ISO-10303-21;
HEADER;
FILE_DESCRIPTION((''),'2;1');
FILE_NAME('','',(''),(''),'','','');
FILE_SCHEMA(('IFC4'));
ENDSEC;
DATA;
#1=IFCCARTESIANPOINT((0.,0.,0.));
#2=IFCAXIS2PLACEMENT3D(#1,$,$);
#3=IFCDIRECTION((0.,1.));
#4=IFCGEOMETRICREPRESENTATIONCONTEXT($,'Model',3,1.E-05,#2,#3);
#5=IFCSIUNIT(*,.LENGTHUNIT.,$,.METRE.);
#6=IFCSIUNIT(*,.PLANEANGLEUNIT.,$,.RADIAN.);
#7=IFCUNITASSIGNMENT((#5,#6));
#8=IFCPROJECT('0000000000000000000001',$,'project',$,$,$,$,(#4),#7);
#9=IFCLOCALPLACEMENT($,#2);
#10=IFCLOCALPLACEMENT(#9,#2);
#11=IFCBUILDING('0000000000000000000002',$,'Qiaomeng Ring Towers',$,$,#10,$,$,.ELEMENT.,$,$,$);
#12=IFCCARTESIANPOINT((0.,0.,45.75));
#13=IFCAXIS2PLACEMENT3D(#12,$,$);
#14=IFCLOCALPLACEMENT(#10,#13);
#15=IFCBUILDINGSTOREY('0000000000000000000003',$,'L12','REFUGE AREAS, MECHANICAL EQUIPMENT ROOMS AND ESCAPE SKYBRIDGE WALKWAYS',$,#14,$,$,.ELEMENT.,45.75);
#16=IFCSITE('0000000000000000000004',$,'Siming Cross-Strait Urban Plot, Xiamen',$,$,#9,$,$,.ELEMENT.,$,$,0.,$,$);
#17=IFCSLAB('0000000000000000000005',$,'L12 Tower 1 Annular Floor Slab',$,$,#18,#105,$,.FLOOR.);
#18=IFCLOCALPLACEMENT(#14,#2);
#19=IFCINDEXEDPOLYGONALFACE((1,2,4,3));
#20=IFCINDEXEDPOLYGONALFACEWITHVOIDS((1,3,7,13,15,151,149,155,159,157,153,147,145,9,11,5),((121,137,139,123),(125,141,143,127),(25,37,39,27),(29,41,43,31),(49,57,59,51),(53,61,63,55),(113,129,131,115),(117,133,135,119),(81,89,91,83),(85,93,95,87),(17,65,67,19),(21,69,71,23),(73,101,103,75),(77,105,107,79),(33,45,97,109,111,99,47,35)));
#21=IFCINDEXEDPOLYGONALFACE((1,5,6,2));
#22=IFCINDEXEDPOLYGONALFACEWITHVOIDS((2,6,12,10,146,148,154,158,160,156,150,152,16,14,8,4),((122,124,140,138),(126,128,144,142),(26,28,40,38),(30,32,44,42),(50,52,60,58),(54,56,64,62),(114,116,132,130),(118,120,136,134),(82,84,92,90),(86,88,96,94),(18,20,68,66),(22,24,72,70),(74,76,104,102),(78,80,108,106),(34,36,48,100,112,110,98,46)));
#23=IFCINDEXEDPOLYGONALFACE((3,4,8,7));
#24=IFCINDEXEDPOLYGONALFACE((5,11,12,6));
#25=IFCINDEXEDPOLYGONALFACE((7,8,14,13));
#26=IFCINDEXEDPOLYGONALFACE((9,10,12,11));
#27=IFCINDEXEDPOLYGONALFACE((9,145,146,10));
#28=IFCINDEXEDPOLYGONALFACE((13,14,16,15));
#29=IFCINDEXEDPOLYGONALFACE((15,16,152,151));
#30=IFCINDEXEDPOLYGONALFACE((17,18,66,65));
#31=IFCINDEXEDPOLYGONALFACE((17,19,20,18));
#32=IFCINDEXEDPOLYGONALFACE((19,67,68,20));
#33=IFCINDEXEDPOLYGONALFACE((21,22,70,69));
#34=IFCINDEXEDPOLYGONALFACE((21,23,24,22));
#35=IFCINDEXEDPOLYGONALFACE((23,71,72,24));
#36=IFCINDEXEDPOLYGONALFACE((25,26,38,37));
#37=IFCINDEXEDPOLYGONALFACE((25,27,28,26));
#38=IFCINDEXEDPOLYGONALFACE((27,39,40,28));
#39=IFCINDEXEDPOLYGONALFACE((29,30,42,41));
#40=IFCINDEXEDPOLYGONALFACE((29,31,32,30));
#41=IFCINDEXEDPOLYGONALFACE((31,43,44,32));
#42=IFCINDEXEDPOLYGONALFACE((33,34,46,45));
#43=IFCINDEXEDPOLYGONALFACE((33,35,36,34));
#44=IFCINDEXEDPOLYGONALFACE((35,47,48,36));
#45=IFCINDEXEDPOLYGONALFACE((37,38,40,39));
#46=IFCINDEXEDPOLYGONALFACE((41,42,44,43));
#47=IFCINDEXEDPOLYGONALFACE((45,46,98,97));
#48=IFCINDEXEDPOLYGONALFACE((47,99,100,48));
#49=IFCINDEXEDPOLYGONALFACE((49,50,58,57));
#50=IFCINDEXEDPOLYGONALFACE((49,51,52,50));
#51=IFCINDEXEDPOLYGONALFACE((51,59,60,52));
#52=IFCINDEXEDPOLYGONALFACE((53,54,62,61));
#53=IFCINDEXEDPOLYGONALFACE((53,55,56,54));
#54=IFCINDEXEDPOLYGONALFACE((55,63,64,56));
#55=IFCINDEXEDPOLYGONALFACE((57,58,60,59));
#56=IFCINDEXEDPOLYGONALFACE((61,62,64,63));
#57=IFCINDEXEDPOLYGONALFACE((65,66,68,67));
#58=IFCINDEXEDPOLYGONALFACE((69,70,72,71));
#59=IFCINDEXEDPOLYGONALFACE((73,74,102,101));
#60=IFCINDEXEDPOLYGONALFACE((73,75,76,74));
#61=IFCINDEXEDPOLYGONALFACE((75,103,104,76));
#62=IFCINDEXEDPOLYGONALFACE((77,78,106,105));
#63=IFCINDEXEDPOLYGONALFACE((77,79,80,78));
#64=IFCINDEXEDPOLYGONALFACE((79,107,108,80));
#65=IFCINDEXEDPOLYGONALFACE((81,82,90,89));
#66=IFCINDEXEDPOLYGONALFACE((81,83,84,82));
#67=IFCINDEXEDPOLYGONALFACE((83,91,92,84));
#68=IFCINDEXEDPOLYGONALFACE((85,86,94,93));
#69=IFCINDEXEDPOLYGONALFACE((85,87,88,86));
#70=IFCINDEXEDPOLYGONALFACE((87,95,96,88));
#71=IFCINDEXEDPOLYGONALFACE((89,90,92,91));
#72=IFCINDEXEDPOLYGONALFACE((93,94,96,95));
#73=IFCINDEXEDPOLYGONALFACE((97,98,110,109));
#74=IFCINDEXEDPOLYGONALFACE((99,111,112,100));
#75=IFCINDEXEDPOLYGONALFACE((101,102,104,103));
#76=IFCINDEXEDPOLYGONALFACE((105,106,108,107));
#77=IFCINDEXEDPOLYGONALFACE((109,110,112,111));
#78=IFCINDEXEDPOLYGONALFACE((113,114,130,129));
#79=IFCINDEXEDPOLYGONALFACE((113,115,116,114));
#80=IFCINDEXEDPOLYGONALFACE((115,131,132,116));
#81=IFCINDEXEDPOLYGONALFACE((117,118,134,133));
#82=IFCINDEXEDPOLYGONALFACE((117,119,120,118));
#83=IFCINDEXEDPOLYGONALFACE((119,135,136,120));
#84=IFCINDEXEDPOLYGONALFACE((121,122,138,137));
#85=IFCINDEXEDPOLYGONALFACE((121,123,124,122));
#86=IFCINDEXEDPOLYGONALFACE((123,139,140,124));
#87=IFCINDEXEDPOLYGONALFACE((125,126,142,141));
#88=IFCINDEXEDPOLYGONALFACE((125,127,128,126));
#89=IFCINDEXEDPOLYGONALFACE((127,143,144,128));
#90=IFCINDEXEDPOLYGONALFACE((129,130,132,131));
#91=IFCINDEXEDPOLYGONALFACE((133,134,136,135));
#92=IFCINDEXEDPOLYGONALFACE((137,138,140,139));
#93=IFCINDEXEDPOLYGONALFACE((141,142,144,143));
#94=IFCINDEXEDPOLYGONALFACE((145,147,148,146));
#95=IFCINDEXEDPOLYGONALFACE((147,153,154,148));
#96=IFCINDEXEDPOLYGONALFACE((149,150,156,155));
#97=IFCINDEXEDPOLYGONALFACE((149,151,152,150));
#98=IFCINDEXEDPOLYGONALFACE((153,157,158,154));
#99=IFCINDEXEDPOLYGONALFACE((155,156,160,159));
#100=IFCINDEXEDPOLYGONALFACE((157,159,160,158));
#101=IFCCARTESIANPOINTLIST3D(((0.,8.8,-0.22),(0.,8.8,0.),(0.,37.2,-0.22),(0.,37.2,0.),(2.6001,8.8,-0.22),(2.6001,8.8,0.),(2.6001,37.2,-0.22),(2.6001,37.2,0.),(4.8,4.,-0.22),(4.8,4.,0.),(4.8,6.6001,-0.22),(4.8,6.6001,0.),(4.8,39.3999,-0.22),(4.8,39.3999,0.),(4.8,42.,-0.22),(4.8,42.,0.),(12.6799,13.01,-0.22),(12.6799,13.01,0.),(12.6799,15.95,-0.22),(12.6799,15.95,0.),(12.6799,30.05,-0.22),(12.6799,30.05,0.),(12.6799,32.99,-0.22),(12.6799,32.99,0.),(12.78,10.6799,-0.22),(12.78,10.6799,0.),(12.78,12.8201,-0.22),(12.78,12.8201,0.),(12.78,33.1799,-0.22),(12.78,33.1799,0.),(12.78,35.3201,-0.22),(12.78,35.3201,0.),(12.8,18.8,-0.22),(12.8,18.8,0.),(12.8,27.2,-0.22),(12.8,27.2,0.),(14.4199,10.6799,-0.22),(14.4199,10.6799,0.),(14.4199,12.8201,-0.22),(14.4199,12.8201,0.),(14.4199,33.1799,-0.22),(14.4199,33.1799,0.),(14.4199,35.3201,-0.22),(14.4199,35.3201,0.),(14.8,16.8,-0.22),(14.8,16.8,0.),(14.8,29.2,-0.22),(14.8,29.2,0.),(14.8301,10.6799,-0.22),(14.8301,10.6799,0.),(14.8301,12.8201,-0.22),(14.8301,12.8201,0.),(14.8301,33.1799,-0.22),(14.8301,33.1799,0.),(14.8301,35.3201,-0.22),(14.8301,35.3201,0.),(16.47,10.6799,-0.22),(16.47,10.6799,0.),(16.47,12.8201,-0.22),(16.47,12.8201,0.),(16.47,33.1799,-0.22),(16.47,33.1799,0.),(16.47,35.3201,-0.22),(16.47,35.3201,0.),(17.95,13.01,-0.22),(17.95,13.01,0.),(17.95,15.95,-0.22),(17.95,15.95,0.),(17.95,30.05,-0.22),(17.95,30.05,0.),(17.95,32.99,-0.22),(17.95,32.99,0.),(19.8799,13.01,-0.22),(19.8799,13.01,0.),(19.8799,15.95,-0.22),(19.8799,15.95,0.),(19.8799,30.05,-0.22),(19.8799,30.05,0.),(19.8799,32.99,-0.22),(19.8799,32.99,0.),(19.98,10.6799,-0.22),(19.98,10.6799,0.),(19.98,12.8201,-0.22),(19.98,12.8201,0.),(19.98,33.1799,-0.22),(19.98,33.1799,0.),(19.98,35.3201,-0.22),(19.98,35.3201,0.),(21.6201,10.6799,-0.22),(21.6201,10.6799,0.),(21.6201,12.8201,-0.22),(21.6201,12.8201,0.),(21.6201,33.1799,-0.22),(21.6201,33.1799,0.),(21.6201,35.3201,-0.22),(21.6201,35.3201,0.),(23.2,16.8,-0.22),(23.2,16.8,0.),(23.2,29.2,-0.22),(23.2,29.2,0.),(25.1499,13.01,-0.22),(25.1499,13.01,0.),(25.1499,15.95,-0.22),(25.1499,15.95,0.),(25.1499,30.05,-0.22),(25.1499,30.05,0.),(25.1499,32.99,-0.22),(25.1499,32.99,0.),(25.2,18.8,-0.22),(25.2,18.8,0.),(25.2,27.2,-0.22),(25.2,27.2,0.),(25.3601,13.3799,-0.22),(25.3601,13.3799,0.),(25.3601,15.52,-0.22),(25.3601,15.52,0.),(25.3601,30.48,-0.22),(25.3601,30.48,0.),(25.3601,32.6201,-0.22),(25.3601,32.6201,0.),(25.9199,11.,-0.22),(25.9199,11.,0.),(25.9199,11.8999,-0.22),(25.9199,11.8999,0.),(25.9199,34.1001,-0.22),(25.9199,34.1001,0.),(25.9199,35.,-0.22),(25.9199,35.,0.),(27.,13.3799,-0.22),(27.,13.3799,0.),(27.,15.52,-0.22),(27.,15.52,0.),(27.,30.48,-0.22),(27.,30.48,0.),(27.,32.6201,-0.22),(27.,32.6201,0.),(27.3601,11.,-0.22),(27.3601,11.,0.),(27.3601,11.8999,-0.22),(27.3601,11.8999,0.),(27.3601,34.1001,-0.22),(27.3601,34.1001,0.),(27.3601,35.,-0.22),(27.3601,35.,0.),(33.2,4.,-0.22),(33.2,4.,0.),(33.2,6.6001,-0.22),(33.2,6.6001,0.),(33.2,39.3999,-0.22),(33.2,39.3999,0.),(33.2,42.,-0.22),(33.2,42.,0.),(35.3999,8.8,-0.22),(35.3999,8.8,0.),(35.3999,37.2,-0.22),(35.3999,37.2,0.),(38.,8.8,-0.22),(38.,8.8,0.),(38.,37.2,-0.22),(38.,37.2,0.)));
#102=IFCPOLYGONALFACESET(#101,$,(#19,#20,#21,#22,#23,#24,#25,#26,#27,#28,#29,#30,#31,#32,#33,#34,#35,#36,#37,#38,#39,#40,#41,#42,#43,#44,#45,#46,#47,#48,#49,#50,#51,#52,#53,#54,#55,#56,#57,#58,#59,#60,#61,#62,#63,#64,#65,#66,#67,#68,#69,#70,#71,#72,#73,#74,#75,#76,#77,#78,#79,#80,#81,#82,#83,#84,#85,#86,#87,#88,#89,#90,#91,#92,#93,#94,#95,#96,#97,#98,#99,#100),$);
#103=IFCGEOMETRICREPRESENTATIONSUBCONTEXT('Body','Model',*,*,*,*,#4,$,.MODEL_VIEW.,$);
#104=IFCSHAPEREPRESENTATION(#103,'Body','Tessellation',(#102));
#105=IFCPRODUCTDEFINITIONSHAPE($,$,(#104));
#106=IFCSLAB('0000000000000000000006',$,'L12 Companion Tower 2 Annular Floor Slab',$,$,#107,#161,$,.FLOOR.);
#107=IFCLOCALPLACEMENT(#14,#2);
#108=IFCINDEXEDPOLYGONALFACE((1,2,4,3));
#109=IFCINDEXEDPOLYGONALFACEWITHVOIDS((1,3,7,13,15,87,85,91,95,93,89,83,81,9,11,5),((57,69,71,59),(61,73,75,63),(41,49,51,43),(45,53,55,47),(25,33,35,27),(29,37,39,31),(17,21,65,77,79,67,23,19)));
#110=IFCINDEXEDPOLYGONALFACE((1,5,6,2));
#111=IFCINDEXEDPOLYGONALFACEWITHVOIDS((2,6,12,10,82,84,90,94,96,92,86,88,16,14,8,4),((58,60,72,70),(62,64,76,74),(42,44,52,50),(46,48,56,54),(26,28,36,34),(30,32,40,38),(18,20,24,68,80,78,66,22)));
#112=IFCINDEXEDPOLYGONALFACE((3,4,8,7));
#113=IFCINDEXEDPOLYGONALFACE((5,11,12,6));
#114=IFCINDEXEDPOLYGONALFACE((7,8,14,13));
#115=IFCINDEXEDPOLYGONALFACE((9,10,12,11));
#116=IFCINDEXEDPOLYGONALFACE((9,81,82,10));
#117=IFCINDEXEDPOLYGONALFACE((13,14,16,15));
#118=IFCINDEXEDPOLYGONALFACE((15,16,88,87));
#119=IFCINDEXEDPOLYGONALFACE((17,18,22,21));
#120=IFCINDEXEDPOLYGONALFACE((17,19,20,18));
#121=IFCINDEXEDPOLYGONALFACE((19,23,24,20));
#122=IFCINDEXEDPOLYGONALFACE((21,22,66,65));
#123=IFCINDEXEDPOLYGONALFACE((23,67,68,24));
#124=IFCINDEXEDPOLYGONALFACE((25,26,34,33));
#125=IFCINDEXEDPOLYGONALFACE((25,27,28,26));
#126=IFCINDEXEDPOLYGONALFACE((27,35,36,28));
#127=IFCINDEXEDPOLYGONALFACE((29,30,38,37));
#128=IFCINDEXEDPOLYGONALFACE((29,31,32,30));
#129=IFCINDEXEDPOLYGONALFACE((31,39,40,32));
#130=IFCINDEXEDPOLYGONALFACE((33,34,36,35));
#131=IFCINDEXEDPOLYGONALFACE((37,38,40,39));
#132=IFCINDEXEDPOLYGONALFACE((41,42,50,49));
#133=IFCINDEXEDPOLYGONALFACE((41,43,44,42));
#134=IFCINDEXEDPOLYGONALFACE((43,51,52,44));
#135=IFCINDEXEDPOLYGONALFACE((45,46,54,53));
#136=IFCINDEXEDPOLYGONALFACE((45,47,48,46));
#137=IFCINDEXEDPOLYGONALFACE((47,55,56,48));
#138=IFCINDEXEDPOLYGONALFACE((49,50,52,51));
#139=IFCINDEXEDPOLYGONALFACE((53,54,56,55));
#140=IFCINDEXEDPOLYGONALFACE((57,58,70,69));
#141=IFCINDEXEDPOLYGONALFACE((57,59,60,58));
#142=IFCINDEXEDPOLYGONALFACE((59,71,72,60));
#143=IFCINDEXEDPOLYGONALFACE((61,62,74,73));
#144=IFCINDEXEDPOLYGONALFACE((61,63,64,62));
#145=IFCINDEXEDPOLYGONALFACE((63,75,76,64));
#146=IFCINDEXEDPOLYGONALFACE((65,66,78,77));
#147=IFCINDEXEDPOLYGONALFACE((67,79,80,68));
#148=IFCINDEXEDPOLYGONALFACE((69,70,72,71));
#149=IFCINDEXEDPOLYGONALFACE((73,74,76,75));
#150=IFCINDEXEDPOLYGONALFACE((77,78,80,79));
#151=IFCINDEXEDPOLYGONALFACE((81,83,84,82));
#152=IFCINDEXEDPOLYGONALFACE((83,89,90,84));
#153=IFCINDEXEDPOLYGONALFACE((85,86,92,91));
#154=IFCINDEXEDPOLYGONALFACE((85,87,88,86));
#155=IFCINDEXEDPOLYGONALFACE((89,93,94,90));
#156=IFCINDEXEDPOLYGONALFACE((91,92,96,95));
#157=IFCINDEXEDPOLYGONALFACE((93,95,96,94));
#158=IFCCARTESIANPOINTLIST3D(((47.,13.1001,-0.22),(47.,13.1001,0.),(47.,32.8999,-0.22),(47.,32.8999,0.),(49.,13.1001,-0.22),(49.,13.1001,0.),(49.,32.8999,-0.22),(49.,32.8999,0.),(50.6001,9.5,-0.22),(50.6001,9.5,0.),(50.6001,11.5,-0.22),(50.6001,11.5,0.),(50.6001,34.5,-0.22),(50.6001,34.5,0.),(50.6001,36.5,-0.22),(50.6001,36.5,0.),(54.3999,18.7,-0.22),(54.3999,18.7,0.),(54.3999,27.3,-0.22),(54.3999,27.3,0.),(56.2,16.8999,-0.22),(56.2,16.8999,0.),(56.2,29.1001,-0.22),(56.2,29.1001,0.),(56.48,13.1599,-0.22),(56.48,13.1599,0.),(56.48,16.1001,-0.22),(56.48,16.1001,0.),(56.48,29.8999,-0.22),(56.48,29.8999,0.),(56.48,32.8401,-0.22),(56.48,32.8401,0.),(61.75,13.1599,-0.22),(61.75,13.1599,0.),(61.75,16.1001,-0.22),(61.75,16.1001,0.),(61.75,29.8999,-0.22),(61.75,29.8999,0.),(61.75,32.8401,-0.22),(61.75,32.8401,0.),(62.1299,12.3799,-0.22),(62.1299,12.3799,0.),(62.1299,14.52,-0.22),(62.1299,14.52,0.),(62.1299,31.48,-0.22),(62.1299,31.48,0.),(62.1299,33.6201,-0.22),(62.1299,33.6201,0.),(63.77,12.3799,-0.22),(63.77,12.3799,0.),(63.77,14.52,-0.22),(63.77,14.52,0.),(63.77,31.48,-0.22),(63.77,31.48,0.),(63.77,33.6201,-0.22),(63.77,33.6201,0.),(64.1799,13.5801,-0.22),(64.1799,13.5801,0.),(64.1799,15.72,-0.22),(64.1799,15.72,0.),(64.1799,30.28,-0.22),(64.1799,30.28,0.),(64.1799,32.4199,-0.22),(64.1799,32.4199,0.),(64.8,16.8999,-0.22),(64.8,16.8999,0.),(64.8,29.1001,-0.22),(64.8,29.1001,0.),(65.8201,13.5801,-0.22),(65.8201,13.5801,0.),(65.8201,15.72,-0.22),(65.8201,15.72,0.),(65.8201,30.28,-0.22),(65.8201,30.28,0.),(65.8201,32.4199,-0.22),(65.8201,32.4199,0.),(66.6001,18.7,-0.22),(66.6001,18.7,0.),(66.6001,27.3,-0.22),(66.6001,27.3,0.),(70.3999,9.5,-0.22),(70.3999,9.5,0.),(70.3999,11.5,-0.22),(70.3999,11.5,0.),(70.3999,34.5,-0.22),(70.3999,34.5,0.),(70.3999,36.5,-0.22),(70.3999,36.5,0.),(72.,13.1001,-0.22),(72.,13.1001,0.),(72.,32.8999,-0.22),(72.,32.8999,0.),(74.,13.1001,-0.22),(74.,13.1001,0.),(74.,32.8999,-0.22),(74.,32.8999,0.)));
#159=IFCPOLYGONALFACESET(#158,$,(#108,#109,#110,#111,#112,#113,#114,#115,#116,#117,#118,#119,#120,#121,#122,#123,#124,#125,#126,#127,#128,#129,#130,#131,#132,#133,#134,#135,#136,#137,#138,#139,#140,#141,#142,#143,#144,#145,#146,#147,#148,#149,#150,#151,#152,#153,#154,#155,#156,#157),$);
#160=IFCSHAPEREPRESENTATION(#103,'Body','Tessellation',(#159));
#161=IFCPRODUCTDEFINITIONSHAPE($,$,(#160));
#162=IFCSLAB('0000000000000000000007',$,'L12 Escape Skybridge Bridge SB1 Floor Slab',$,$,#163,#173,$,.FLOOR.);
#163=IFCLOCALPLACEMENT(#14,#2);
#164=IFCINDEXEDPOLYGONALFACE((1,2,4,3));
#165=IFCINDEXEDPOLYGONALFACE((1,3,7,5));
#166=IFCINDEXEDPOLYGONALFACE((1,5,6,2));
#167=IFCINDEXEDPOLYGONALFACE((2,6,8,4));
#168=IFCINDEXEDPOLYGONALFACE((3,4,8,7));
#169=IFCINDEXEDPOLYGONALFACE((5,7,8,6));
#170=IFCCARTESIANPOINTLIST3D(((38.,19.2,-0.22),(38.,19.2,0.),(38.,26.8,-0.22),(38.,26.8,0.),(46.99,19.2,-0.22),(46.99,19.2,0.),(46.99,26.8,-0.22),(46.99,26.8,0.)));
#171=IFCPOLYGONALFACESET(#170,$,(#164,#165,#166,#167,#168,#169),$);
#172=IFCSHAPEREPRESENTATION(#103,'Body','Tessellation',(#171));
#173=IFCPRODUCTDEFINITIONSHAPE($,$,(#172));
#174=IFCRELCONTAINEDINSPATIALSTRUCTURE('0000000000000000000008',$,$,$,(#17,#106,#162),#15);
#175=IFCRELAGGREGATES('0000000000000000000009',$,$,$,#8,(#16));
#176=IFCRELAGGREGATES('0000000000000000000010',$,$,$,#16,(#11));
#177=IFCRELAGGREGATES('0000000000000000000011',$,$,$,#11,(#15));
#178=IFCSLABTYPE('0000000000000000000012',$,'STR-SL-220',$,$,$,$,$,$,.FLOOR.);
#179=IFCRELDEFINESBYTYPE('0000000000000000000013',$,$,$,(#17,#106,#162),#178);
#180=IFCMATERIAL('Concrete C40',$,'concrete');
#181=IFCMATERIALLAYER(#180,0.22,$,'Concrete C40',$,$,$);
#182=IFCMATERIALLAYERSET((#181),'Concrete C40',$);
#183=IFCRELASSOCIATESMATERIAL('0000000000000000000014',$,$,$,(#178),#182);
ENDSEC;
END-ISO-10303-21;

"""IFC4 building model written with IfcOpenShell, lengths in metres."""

from ifc_helpers import new_model, si_unit, direction, frame, origin, place, context, subcontext, project, spatial, polyline, outline, extrude, material, layer, layer_set, type_object, element, save


model = new_model("IFC4")

# Units and contexts
model_context = context("Model", 3, precision=1e-05, world=origin(), true_north=direction((0.0, 1.0)))
body_context = subcontext(model_context, "Body", "Model", "MODEL_VIEW")
ifc_project = project(units=[si_unit("LENGTHUNIT", "METRE"), si_unit("PLANEANGLEUNIT", "RADIAN")], contexts=[model_context])

# Site, building, storey
site_placement = place(None, origin())
site = spatial("IfcSite", under=ifc_project, at=site_placement, Name="Siming Cross-Strait Urban Plot, Xiamen", CompositionType="ELEMENT", RefElevation=0.0)
building_placement = place(site_placement, origin())
building = spatial("IfcBuilding", under=site, at=building_placement, Name="Qiaomeng Ring Towers", CompositionType="ELEMENT")
storey_placement = place(building_placement, frame((0.0, 0.0, 45.75)))
storey = spatial("IfcBuildingStorey", under=building, at=storey_placement, Name="L12", Description="REFUGE AREAS, MECHANICAL EQUIPMENT ROOMS AND ESCAPE SKYBRIDGE WALKWAYS", CompositionType="ELEMENT", Elevation=45.75)

# Slabs
ifc_material_1 = material(Name="Concrete C40", Category="concrete")
ifc_layer_1 = layer(ifc_material_1, 0.22, Name="Concrete C40")
ifc_layer_set_1 = layer_set([ifc_layer_1], Name="Concrete C40")
slab_type_1 = type_object("IfcSlabType", Name="STR-SL-220", PredefinedType="FLOOR", material=ifc_layer_set_1)
slab_1_placement = place(storey_placement, frame((0.0, 0.0, -0.22)))
element("IfcSlab", 1, at=slab_1_placement, inside=storey, type_object=slab_type_1, Name="L12 Tower 1 Annular Floor Slab", PredefinedType="FLOOR", context=body_context, shape_type="SweptSolid", body=[
    extrude(outline(polyline([(4.8, 4.0), (33.2, 4.0), (33.2, 6.6001), (35.3999, 8.8), (38.0, 8.8), (38.0, 37.2), (35.3999, 37.2), (33.2, 39.3999), (33.2, 42.0), (4.8, 42.0), (4.8, 39.3999), (2.6001, 37.2), (0.0, 37.2), (0.0, 8.8), (2.6001, 8.8), (4.8, 6.6001), (4.8, 4.0)]), holes=[polyline([(12.78, 10.6799), (12.78, 12.8201), (14.4199, 12.8201), (14.4199, 10.6799), (12.78, 10.6799)]), polyline([(14.8301, 12.8201), (16.47, 12.8201), (16.47, 10.6799), (14.8301, 10.6799), (14.8301, 12.8201)]), polyline([(12.6799, 15.95), (17.95, 15.95), (17.95, 13.01), (12.6799, 13.01), (12.6799, 15.95)]), polyline([(25.2, 27.2), (25.2, 18.8), (23.2, 16.8), (14.8, 16.8), (12.8, 18.8), (12.8, 27.2), (14.8, 29.2), (23.2, 29.2), (25.2, 27.2)]), polyline([(12.6799, 32.99), (17.95, 32.99), (17.95, 30.05), (12.6799, 30.05), (12.6799, 32.99)]), polyline([(12.78, 35.3201), (14.4199, 35.3201), (14.4199, 33.1799), (12.78, 33.1799), (12.78, 35.3201)]), polyline([(14.8301, 35.3201), (16.47, 35.3201), (16.47, 33.1799), (14.8301, 33.1799), (14.8301, 35.3201)]), polyline([(19.98, 35.3201), (21.6201, 35.3201), (21.6201, 33.1799), (19.98, 33.1799), (19.98, 35.3201)]), polyline([(25.9199, 11.8999), (27.3601, 11.8999), (27.3601, 11.0), (25.9199, 11.0), (25.9199, 11.8999)]), polyline([(19.98, 12.8201), (21.6201, 12.8201), (21.6201, 10.6799), (19.98, 10.6799), (19.98, 12.8201)]), polyline([(25.3601, 15.52), (27.0, 15.52), (27.0, 13.3799), (25.3601, 13.3799), (25.3601, 15.52)]), polyline([(19.8799, 15.95), (25.1499, 15.95), (25.1499, 13.01), (19.8799, 13.01), (19.8799, 15.95)]), polyline([(19.8799, 32.99), (25.1499, 32.99), (25.1499, 30.05), (19.8799, 30.05), (19.8799, 32.99)]), polyline([(25.3601, 32.6201), (27.0, 32.6201), (27.0, 30.48), (25.3601, 30.48), (25.3601, 32.6201)]), polyline([(25.9199, 35.0), (27.3601, 35.0), (27.3601, 34.1001), (25.9199, 34.1001), (25.9199, 35.0)])]), origin(), (0.0, 0.0, 1.0), 0.22),
])
slab_2_placement = place(storey_placement, frame((0.0, 0.0, -0.22)))
element("IfcSlab", 2, at=slab_2_placement, inside=storey, type_object=slab_type_1, Name="L12 Companion Tower 2 Annular Floor Slab", PredefinedType="FLOOR", context=body_context, shape_type="SweptSolid", body=[
    extrude(outline(polyline([(50.6001, 9.5), (70.3999, 9.5), (70.3999, 11.5), (72.0, 13.1001), (74.0, 13.1001), (74.0, 32.8999), (72.0, 32.8999), (70.3999, 34.5), (70.3999, 36.5), (50.6001, 36.5), (50.6001, 34.5), (49.0, 32.8999), (47.0, 32.8999), (47.0, 13.1001), (49.0, 13.1001), (50.6001, 11.5), (50.6001, 9.5)]), holes=[polyline([(62.1299, 12.3799), (62.1299, 14.52), (63.77, 14.52), (63.77, 12.3799), (62.1299, 12.3799)]), polyline([(56.48, 13.1599), (56.48, 16.1001), (61.75, 16.1001), (61.75, 13.1599), (56.48, 13.1599)]), polyline([(64.1799, 13.5801), (64.1799, 15.72), (65.8201, 15.72), (65.8201, 13.5801), (64.1799, 13.5801)]), polyline([(64.8, 29.1001), (66.6001, 27.3), (66.6001, 18.7), (64.8, 16.8999), (56.2, 16.8999), (54.3999, 18.7), (54.3999, 27.3), (56.2, 29.1001), (64.8, 29.1001)]), polyline([(64.1799, 30.28), (64.1799, 32.4199), (65.8201, 32.4199), (65.8201, 30.28), (64.1799, 30.28)]), polyline([(56.48, 32.8401), (61.75, 32.8401), (61.75, 29.8999), (56.48, 29.8999), (56.48, 32.8401)]), polyline([(62.1299, 33.6201), (63.77, 33.6201), (63.77, 31.48), (62.1299, 31.48), (62.1299, 33.6201)])]), origin(), (0.0, 0.0, 1.0), 0.22),
])
slab_3_placement = place(storey_placement, frame((0.0, 0.0, -0.22)))
element("IfcSlab", 3, at=slab_3_placement, inside=storey, type_object=slab_type_1, Name="L12 Escape Skybridge Bridge SB1 Floor Slab", PredefinedType="FLOOR", context=body_context, shape_type="SweptSolid", body=[
    extrude(outline(polyline([(38.0, 19.2), (46.99, 19.2), (46.99, 26.8), (38.0, 26.8), (38.0, 19.2)])), origin(), (0.0, 0.0, 1.0), 0.22),
])

save(model, "model.ifc")
